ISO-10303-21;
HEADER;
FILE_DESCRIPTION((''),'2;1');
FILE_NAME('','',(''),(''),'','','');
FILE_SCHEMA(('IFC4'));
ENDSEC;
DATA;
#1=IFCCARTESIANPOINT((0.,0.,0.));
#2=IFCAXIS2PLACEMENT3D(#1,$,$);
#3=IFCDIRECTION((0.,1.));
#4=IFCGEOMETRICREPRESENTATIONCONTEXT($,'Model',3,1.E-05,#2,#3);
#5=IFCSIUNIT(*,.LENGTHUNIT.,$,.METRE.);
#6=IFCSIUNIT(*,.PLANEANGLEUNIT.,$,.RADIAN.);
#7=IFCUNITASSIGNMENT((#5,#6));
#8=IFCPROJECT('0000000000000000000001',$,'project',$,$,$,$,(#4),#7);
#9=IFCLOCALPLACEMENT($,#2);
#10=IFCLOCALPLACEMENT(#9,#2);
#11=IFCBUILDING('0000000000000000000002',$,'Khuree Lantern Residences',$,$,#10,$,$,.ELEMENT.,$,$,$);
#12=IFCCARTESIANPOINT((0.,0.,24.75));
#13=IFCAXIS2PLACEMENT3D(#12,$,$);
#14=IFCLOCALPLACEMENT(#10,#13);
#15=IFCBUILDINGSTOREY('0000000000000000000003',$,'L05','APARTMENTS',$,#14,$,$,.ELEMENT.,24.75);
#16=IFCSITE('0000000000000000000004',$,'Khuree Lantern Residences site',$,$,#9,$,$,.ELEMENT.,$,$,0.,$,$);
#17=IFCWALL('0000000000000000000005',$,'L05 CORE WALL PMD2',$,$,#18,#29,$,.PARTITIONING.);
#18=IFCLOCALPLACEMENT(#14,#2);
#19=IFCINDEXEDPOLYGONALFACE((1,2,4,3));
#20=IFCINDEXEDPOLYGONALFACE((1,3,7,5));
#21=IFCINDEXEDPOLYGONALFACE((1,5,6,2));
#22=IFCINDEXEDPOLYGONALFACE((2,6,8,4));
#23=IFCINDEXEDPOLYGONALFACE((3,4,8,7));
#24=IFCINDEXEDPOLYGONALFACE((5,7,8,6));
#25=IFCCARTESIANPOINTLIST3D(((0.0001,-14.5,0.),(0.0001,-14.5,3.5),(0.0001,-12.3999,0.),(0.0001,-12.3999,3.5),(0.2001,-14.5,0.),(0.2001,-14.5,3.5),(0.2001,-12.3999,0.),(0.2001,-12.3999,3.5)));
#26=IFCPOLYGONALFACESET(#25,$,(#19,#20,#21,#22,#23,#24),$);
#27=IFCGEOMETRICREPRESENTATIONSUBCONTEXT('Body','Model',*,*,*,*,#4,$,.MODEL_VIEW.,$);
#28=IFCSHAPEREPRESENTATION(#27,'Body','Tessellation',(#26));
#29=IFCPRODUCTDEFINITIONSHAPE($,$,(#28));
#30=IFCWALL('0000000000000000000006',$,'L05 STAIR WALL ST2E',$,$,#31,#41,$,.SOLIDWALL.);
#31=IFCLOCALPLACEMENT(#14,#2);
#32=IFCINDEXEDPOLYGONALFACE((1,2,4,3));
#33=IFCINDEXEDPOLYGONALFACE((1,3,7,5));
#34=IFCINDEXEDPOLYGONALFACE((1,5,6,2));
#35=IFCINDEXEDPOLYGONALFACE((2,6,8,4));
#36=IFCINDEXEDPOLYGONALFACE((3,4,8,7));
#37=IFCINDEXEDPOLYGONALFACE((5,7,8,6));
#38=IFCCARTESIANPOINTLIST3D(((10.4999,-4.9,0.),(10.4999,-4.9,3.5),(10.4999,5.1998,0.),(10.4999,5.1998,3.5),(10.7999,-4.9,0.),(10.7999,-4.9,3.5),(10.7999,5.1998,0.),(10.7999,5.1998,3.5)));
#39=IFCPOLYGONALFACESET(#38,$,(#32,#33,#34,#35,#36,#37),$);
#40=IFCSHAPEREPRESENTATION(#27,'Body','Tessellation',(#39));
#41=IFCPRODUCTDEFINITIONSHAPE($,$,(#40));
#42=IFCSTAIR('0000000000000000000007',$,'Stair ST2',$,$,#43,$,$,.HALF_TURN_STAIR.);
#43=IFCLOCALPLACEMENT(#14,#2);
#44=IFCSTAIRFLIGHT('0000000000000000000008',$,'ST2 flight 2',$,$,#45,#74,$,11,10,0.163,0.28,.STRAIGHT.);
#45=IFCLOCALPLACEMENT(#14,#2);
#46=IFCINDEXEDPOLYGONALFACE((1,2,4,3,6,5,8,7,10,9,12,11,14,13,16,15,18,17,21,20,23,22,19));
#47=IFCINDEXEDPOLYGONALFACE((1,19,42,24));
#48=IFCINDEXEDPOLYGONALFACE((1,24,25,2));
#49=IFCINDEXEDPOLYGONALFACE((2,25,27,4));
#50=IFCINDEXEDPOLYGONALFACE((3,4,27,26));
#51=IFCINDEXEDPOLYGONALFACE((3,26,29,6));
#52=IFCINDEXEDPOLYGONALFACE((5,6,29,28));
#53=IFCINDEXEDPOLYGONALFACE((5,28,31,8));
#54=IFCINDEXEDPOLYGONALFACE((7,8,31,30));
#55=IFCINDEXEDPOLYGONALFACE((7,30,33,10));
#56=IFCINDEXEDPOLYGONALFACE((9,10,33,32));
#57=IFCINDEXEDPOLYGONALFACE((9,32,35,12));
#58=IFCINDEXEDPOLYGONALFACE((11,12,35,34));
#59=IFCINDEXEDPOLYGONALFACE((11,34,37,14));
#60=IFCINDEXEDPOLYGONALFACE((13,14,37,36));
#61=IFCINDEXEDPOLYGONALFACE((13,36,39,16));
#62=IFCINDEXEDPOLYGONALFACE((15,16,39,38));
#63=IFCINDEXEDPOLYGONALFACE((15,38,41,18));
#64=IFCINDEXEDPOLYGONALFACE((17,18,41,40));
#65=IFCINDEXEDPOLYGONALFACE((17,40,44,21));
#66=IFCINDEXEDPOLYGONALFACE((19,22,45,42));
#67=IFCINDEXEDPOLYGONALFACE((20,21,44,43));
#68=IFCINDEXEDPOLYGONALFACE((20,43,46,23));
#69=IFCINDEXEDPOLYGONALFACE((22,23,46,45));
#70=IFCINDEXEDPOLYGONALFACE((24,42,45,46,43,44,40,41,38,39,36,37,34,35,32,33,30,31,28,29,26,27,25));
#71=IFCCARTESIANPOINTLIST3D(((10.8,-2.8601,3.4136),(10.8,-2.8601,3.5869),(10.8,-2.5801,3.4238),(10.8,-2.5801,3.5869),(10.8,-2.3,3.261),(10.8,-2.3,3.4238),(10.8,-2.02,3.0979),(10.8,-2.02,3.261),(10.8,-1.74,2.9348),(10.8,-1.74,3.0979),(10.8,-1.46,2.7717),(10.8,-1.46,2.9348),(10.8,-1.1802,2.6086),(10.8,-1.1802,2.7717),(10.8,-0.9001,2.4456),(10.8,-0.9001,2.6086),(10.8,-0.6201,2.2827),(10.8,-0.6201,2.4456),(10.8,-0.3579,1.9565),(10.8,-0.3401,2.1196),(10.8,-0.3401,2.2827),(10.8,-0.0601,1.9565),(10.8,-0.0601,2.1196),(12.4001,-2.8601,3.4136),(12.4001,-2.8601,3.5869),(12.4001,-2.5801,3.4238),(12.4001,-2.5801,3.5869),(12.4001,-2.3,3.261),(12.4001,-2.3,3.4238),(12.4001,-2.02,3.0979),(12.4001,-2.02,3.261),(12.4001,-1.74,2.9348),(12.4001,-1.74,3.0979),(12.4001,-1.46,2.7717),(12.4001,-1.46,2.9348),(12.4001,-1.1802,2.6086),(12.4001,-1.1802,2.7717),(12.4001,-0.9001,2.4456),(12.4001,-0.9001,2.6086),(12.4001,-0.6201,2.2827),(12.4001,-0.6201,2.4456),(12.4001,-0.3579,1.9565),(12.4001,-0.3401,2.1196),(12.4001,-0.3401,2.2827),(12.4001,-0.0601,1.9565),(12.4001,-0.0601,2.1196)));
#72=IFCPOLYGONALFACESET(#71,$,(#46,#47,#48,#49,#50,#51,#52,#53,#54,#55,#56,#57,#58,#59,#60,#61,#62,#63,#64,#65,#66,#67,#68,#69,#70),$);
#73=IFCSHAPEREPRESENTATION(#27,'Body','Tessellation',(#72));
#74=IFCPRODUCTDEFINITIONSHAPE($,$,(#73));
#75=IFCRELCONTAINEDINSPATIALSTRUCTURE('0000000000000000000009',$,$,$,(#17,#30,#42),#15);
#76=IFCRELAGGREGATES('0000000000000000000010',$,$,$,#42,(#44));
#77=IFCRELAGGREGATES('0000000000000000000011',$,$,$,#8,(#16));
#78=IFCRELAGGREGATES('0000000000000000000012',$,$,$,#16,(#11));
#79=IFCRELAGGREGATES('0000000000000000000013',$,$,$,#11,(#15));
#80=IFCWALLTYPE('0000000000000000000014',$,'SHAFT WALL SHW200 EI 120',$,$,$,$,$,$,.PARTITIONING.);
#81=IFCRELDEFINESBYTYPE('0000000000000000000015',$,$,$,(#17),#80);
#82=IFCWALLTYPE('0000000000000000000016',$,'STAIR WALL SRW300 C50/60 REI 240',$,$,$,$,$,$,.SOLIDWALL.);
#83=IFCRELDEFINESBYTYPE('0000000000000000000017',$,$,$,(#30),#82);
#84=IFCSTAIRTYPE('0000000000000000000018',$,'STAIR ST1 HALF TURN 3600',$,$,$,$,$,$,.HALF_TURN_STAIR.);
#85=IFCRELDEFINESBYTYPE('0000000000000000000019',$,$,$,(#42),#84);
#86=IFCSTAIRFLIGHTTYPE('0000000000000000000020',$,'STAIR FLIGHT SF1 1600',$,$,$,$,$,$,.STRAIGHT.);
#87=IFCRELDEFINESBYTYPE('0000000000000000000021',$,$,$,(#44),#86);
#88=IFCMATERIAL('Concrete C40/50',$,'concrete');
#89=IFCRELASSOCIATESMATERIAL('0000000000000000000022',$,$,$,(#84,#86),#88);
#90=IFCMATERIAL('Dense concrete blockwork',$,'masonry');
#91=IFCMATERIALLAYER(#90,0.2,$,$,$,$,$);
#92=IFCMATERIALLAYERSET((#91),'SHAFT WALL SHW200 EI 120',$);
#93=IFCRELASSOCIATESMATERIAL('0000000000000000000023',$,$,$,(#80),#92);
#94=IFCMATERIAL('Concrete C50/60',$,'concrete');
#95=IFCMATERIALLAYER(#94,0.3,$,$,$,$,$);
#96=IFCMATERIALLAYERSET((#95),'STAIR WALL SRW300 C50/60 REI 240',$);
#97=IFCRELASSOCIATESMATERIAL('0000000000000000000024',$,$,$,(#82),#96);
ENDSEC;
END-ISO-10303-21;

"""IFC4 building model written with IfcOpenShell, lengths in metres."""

from ifc_helpers import new_model, si_unit, direction, frame, frame_2d, origin, place, context, subcontext, project, spatial, polyline, rectangle, outline, extrude, material, layer, layer_set, type_object, element, aggregate, save


model = new_model("IFC4")

# Units and contexts
model_context = context("Model", 3, precision=1e-05, world=origin(), true_north=direction((0.0, 1.0)))
body_context = subcontext(model_context, "Body", "Model", "MODEL_VIEW")
ifc_project = project(units=[si_unit("LENGTHUNIT", "METRE"), si_unit("PLANEANGLEUNIT", "RADIAN")], contexts=[model_context])

# Site, building, storey
site_placement = place(None, origin())
site = spatial("IfcSite", under=ifc_project, at=site_placement, Name="Khuree Lantern Residences site", CompositionType="ELEMENT", RefElevation=0.0)
building_placement = place(site_placement, origin())
building = spatial("IfcBuilding", under=site, at=building_placement, Name="Khuree Lantern Residences", CompositionType="ELEMENT")
storey_placement = place(building_placement, frame((0.0, 0.0, 24.75)))
storey = spatial("IfcBuildingStorey", under=building, at=storey_placement, Name="L05", Description="APARTMENTS", CompositionType="ELEMENT", Elevation=24.75)

# Shared definitions
ifc_material_1 = material(Name="Concrete C40/50", Category="concrete")

# Shared definitions
stair_type = type_object("IfcStairType", Name="STAIR ST1 HALF TURN 3600", PredefinedType="HALF_TURN_STAIR", material=ifc_material_1)

# Shared definitions
ifc_material_2 = material(Name="Dense concrete blockwork", Category="masonry")

# Walls
ifc_layer_1 = layer(ifc_material_2, 0.2)
ifc_layer_set_1 = layer_set([ifc_layer_1], Name="SHAFT WALL SHW200 EI 120")
wall_type_1 = type_object("IfcWallType", Name="SHAFT WALL SHW200 EI 120", PredefinedType="PARTITIONING", material=ifc_layer_set_1)
wall_1_placement = place(storey_placement, frame((0.1001, -14.5, 0.0), z_axis=(0.0, 0.0, 1.0), x_axis=(0.0, 1.0, 0.0)))
element("IfcWall", 1, at=wall_1_placement, inside=storey, type_object=wall_type_1, Name="L05 CORE WALL PMD2", PredefinedType="PARTITIONING", context=body_context, shape_type="SweptSolid", body=[
    extrude(rectangle(XDim=2.1001, YDim=0.2, at=frame_2d((1.05, 0.0))), origin(), (0.0, 0.0, 1.0), 3.5),
])
ifc_material_3 = material(Name="Concrete C50/60", Category="concrete")
ifc_layer_2 = layer(ifc_material_3, 0.3)
ifc_layer_set_2 = layer_set([ifc_layer_2], Name="STAIR WALL SRW300 C50/60 REI 240")
wall_type_2 = type_object("IfcWallType", Name="STAIR WALL SRW300 C50/60 REI 240", PredefinedType="SOLIDWALL", material=ifc_layer_set_2)
wall_2_placement = place(storey_placement, frame((10.6499, -4.8999, 0.0), z_axis=(0.0, 0.0, 1.0), x_axis=(0.0, 1.0, 0.0)))
element("IfcWall", 2, at=wall_2_placement, inside=storey, type_object=wall_type_2, Name="L05 STAIR WALL ST2E", PredefinedType="SOLIDWALL", context=body_context, shape_type="SweptSolid", body=[
    extrude(rectangle(XDim=10.0999, YDim=0.3, at=frame_2d((5.0498, 0.0))), origin(), (0.0, 0.0, 1.0), 3.5),
])

# Stair, stair flight
stair_1_placement = place(storey_placement, origin())
stair_1 = element("IfcStair", 3, at=stair_1_placement, inside=storey, type_object=stair_type, Name="Stair ST2", PredefinedType="HALF_TURN_STAIR")
stair_flight_type = type_object("IfcStairFlightType", Name="STAIR FLIGHT SF1 1600", PredefinedType="STRAIGHT", material=ifc_material_1)
stair_flight_placement = place(storey_placement, frame((11.6001, -0.0601, 1.9565), z_axis=(0.0, 0.0, 1.0), x_axis=(0.0, -1.0, 0.0)))
stair_flight = element("IfcStairFlight", 4, at=stair_flight_placement, type_object=stair_flight_type, Name="ST2 flight 2", NumberOfRisers=11, NumberOfTreads=10, PredefinedType="STRAIGHT", RiserHeight=0.163, TreadLength=0.28, context=body_context, shape_type="SweptSolid", body=[
    extrude(outline(polyline([(0.0, 0.0), (0.0, 0.1631), (0.28, 0.1631), (0.28, 0.3262), (0.5601, 0.3262), (0.5601, 0.489), (0.8401, 0.489), (0.8401, 0.6521), (1.1201, 0.6521), (1.1201, 0.8152), (1.3999, 0.8152), (1.3999, 0.9783), (1.6799, 0.9783), (1.6799, 1.1414), (1.96, 1.1414), (1.96, 1.3044), (2.24, 1.3044), (2.24, 1.4673), (2.52, 1.4673), (2.52, 1.6304), (2.8, 1.6304), (2.8, 1.7935), (2.8, 1.457), (0.2979, 0.0), (0.0, 0.0)])), frame((0.0, 0.8, 0.0), z_axis=(0.0, -1.0, 0.0), x_axis=(1.0, 0.0, 0.0)), (0.0, 0.0, 1.0), 1.6001),
])
aggregate(stair_1, [stair_flight])

save(model, "model.ifc")
